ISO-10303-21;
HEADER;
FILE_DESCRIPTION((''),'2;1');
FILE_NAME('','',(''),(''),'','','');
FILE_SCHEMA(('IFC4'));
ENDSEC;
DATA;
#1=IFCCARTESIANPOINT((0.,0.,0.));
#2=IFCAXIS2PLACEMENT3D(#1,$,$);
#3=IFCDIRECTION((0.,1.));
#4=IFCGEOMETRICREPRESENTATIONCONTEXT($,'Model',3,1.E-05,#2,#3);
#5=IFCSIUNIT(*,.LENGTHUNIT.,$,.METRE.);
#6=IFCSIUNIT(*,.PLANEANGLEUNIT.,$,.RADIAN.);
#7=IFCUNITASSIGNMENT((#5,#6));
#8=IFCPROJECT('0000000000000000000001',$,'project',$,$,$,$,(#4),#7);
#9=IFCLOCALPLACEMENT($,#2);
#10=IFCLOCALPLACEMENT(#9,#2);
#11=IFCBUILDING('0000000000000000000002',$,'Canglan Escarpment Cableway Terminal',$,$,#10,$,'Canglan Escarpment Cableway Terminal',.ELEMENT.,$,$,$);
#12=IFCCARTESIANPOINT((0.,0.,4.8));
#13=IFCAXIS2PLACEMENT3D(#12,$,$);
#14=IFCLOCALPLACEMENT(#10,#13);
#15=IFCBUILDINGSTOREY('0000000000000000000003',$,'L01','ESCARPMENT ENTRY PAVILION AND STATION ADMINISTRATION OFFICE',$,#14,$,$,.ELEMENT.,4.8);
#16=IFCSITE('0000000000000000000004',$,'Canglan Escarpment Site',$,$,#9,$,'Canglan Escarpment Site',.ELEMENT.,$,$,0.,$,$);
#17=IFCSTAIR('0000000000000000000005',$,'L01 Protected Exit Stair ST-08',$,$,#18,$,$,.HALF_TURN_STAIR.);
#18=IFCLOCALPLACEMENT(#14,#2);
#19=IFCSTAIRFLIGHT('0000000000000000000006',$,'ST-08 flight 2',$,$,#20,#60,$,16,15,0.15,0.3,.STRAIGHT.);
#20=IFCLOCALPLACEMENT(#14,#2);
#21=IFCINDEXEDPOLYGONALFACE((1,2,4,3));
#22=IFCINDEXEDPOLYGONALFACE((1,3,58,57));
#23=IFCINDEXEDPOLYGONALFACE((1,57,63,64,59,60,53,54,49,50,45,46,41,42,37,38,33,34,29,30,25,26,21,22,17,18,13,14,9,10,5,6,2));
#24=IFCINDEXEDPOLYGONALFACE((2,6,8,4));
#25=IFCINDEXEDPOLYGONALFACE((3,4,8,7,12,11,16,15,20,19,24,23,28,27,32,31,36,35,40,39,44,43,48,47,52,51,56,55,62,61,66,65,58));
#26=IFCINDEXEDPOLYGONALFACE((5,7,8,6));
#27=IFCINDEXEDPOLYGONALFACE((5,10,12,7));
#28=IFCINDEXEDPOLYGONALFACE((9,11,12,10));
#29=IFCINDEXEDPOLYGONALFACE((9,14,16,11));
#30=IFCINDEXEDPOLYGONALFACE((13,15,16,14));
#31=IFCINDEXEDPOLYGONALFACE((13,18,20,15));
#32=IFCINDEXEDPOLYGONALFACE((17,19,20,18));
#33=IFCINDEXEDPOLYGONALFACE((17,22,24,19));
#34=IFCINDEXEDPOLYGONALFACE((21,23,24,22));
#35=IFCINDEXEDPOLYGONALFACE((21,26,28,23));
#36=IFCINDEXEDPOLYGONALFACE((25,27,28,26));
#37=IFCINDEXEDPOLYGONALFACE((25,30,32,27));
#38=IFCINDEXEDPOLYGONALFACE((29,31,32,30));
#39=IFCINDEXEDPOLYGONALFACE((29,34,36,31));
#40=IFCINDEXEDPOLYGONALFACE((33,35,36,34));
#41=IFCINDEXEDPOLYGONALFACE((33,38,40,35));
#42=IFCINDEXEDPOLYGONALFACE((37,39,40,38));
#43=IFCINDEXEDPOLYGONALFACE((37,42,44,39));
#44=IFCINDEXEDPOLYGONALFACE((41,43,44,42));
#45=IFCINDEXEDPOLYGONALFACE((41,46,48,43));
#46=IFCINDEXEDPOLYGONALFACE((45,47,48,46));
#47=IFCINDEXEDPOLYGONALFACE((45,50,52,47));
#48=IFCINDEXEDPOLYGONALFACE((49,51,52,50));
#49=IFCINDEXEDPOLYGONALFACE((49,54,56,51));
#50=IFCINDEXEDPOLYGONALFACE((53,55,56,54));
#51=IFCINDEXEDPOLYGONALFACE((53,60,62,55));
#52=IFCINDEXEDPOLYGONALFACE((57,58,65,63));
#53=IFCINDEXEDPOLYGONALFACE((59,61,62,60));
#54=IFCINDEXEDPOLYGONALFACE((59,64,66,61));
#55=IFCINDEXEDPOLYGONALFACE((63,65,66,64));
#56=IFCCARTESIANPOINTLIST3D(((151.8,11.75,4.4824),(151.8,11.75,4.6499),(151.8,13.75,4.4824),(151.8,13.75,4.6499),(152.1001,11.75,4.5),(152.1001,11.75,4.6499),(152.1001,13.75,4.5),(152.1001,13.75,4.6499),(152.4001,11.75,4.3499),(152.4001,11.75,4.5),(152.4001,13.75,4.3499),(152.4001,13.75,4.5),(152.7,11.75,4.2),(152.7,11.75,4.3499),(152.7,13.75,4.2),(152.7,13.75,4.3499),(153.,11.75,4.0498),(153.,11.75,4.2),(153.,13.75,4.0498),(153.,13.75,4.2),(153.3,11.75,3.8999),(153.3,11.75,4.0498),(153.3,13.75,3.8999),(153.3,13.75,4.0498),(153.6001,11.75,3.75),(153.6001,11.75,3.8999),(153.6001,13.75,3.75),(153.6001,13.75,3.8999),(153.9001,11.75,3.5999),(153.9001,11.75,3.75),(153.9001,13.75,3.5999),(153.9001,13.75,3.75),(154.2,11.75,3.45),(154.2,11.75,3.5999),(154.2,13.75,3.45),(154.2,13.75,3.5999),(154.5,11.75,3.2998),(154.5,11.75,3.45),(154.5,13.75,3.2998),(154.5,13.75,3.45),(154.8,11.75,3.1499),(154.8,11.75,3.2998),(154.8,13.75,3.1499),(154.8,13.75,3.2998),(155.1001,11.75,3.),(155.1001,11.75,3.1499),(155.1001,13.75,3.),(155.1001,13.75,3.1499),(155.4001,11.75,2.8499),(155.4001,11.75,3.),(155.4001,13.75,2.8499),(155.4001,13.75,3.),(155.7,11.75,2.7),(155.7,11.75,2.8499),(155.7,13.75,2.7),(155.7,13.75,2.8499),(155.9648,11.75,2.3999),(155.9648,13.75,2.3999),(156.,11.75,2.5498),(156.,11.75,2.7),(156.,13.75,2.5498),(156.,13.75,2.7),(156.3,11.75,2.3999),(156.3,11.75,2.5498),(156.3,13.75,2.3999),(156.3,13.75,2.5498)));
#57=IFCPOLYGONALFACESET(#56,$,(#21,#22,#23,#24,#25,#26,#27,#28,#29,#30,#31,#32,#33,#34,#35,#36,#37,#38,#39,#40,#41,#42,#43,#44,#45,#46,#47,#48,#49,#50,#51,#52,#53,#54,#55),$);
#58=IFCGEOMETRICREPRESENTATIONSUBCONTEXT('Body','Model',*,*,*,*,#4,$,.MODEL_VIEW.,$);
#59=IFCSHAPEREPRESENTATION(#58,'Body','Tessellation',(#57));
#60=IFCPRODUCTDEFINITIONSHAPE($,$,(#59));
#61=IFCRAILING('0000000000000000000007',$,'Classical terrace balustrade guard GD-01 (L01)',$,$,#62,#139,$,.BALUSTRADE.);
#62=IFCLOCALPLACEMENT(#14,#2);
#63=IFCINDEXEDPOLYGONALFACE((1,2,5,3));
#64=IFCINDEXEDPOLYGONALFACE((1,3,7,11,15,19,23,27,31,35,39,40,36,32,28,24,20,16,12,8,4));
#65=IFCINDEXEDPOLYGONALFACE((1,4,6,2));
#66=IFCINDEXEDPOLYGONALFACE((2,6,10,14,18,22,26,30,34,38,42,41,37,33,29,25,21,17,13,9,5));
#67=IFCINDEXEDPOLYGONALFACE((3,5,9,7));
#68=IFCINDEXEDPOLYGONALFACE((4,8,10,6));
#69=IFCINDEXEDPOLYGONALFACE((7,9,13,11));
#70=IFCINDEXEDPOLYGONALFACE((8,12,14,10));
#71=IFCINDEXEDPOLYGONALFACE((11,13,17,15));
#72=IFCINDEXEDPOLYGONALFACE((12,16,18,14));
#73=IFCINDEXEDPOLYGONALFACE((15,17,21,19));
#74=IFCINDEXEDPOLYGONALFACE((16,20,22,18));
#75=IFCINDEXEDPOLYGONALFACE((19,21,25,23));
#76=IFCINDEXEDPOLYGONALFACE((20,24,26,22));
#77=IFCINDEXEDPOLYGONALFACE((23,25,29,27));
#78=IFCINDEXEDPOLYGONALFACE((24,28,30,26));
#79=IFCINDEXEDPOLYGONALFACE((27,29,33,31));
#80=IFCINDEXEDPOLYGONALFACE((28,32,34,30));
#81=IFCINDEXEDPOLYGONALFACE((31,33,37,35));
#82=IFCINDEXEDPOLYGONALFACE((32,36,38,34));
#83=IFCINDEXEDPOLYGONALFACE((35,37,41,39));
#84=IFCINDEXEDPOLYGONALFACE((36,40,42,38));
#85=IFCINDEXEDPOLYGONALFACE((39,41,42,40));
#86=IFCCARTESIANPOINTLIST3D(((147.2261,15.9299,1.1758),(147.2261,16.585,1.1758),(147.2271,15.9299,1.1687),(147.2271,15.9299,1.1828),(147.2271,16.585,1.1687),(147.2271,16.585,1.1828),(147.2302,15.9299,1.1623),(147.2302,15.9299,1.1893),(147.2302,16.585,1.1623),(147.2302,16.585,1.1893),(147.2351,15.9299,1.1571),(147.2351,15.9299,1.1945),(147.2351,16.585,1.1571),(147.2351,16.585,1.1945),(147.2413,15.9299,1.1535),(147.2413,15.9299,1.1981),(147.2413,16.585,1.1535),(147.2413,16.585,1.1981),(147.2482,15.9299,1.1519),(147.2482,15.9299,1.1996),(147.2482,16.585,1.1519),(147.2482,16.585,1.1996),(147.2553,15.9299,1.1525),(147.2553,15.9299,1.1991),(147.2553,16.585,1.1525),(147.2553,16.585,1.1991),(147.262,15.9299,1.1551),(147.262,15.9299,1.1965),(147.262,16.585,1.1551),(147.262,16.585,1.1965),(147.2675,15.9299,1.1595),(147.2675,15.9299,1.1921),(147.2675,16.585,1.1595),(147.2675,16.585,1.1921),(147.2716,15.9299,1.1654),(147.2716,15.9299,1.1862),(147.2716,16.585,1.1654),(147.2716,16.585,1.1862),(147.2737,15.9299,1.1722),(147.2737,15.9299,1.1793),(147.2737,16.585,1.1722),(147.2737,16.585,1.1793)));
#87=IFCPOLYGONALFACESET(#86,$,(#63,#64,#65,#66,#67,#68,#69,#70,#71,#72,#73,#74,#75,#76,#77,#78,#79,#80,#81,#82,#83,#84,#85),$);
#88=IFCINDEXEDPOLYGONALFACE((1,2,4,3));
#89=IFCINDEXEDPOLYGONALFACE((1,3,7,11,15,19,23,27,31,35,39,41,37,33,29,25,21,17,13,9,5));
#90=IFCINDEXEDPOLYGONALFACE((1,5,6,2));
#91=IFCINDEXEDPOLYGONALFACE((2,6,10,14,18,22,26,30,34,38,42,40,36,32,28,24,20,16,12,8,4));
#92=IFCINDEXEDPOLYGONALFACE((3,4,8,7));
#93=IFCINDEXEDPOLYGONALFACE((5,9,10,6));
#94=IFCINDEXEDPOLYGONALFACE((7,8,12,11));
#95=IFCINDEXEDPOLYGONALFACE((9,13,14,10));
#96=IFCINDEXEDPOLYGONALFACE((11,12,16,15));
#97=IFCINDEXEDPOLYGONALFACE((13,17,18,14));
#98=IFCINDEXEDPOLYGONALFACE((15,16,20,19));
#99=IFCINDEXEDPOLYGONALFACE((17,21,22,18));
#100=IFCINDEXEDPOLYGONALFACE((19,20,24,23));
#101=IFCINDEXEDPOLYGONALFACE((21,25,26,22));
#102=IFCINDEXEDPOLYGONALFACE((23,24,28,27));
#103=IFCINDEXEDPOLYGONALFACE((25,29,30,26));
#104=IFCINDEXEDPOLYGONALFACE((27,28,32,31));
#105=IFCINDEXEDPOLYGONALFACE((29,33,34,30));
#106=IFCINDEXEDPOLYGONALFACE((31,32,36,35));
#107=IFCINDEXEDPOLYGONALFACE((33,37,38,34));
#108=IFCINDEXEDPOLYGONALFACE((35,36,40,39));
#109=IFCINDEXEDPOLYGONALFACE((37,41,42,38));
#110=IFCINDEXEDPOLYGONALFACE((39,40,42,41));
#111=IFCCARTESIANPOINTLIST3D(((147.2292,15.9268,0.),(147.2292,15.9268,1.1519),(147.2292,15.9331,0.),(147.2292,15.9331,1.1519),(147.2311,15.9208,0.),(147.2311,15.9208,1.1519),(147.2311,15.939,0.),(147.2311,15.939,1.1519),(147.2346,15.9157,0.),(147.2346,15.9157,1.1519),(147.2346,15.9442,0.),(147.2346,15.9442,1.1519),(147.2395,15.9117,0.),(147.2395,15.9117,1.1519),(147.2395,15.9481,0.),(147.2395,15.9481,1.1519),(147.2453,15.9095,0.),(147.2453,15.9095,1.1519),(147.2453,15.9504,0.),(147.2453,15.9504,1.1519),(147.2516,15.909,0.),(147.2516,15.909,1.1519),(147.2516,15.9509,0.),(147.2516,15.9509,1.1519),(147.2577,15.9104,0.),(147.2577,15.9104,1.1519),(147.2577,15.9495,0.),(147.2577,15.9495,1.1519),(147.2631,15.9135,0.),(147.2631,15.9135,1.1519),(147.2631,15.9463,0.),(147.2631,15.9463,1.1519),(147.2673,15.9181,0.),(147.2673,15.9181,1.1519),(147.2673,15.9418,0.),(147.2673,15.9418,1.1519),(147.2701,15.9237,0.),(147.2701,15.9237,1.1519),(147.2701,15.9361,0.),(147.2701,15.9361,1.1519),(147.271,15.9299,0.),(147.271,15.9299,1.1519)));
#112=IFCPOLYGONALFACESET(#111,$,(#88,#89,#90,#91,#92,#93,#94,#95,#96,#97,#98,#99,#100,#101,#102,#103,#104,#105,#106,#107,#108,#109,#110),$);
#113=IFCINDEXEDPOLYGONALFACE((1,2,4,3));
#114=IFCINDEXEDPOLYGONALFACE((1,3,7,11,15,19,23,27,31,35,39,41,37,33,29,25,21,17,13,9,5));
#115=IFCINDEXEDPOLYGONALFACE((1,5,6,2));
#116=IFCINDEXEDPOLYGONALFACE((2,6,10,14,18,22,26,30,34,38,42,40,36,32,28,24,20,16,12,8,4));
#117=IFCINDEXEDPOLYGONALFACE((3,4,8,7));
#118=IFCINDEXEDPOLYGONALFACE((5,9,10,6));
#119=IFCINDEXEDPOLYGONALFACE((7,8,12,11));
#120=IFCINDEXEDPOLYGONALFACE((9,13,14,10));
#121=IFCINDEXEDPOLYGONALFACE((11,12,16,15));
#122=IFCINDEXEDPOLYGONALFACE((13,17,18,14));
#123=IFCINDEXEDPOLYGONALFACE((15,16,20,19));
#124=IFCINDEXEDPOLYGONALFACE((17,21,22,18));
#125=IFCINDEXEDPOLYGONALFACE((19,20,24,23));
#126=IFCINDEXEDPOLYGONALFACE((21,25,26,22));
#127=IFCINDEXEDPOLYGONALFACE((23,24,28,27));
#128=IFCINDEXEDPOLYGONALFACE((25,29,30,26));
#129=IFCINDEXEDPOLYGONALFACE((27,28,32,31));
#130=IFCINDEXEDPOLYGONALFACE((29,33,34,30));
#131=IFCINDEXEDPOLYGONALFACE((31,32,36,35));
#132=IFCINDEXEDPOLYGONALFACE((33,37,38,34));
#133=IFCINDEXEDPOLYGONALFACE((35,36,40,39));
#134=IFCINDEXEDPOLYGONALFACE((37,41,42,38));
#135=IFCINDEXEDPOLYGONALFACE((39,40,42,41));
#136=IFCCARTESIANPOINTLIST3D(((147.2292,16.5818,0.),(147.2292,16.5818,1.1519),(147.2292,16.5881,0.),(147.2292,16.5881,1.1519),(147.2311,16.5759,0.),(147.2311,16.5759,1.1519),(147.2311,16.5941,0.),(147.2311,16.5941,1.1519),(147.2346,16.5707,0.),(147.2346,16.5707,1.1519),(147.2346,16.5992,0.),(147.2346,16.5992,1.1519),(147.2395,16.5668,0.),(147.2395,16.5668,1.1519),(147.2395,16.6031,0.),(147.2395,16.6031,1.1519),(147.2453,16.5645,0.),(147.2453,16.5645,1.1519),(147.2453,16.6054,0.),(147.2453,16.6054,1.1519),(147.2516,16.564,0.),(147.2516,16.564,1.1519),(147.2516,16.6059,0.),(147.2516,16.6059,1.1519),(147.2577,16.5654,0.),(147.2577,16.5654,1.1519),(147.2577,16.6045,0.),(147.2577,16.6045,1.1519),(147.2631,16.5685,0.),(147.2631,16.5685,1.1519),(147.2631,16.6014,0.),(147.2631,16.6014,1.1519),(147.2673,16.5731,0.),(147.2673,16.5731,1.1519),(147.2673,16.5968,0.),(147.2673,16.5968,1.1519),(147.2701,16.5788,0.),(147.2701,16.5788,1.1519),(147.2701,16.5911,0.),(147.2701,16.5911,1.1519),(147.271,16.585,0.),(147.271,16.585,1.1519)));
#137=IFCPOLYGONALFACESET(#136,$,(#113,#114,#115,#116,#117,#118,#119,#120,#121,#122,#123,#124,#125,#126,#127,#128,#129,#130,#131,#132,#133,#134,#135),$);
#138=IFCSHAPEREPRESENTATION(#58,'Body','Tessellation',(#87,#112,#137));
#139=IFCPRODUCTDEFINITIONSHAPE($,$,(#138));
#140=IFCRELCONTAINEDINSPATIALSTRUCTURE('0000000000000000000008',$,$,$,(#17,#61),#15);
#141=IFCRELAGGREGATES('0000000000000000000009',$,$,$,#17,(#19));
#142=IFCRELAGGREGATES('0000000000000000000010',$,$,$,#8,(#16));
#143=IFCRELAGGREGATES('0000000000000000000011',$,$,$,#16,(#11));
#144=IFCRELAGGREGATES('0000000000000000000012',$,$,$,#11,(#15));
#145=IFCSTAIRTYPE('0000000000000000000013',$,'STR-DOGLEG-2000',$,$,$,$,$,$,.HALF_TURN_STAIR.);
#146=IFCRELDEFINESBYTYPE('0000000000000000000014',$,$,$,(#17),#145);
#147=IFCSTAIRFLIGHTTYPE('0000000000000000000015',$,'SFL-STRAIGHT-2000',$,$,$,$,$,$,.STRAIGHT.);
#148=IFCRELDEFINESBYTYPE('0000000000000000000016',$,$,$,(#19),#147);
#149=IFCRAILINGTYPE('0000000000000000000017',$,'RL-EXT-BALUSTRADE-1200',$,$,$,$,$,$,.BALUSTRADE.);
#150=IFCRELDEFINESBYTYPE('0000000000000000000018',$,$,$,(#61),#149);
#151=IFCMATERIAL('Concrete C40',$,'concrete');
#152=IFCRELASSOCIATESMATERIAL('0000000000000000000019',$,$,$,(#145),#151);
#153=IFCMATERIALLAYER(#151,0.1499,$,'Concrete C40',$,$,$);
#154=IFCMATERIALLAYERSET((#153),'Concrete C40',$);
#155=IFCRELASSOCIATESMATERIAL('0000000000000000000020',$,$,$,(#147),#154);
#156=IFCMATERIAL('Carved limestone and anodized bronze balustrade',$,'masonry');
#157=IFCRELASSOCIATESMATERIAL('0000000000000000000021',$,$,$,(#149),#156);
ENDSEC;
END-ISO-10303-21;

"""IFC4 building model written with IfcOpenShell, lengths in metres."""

from ifc_helpers import new_model, si_unit, direction, frame, origin, origin_2d, place, context, subcontext, project, spatial, polyline, circle, outline, extrude, material, layer, layer_set, type_object, element, aggregate, save


model = new_model("IFC4")

# Units and contexts
model_context = context("Model", 3, precision=1e-05, world=origin(), true_north=direction((0.0, 1.0)))
body_context = subcontext(model_context, "Body", "Model", "MODEL_VIEW")
ifc_project = project(units=[si_unit("LENGTHUNIT", "METRE"), si_unit("PLANEANGLEUNIT", "RADIAN")], contexts=[model_context])

# Site, building, storey
site_placement = place(None, origin())
site = spatial("IfcSite", under=ifc_project, at=site_placement, Name="Canglan Escarpment Site", LongName="Canglan Escarpment Site", CompositionType="ELEMENT", RefElevation=0.0)
building_placement = place(site_placement, origin())
building = spatial("IfcBuilding", under=site, at=building_placement, Name="Canglan Escarpment Cableway Terminal", LongName="Canglan Escarpment Cableway Terminal", CompositionType="ELEMENT")
storey_placement = place(building_placement, frame((0.0, 0.0, 4.8)))
storey = spatial("IfcBuildingStorey", under=building, at=storey_placement, Name="L01", Description="ESCARPMENT ENTRY PAVILION AND STATION ADMINISTRATION OFFICE", CompositionType="ELEMENT", Elevation=4.8)

# Shared definitions
ifc_material_1 = material(Name="Concrete C40", Category="concrete")

# Stair, stair flight
stair_type = type_object("IfcStairType", Name="STR-DOGLEG-2000", PredefinedType="HALF_TURN_STAIR", material=ifc_material_1)
stair_placement = place(storey_placement, origin())
stair = element("IfcStair", 1, at=stair_placement, inside=storey, type_object=stair_type, Name="L01 Protected Exit Stair ST-08", PredefinedType="HALF_TURN_STAIR")
ifc_layer_1 = layer(ifc_material_1, 0.1499, Name="Concrete C40")
ifc_layer_set_1 = layer_set([ifc_layer_1], Name="Concrete C40")
stair_flight_type = type_object("IfcStairFlightType", Name="SFL-STRAIGHT-2000", PredefinedType="STRAIGHT", material=ifc_layer_set_1)
stair_flight_1_placement = place(storey_placement, frame((156.3, 12.75, 2.3999), z_axis=(0.0, 0.0, 1.0), x_axis=(-1.0, 0.0, 0.0)))
stair_flight_1 = element("IfcStairFlight", 2, at=stair_flight_1_placement, type_object=stair_flight_type, Name="ST-08 flight 2", NumberOfRisers=16, NumberOfTreads=15, PredefinedType="STRAIGHT", RiserHeight=0.15, TreadLength=0.3, context=body_context, shape_type="SweptSolid", body=[
    extrude(outline(polyline([(0.0, 0.0), (0.0, 0.1499), (0.3, 0.1499), (0.3, 0.3), (0.6001, 0.3), (0.6001, 0.45), (0.8999, 0.45), (0.8999, 0.6001), (1.2, 0.6001), (1.2, 0.75), (1.5, 0.75), (1.5, 0.8999), (1.8, 0.8999), (1.8, 1.05), (2.1001, 1.05), (2.1001, 1.2), (2.3999, 1.2), (2.3999, 1.3501), (2.7, 1.3501), (2.7, 1.5), (3.0, 1.5), (3.0, 1.6499), (3.3, 1.6499), (3.3, 1.8), (3.6001, 1.8), (3.6001, 1.95), (3.8999, 1.95), (3.8999, 2.1001), (4.2, 2.1001), (4.2, 2.25), (4.5, 2.25), (4.5, 2.3999), (4.5, 2.0825), (0.3352, 0.0), (0.0, 0.0)])), frame((0.0, 1.0, 0.0), z_axis=(0.0, -1.0, 0.0), x_axis=(1.0, 0.0, 0.0)), (0.0, 0.0, 1.0), 2.0),
])
aggregate(stair, [stair_flight_1])

# Railing
ifc_material_2 = material(Name="Carved limestone and anodized bronze balustrade", Category="masonry")
railing_type_1 = type_object("IfcRailingType", Name="RL-EXT-BALUSTRADE-1200", PredefinedType="BALUSTRADE", material=ifc_material_2)
railing_1_placement = place(storey_placement, frame((147.25, 15.9299, 0.0)))
element("IfcRailing", 3, at=railing_1_placement, inside=storey, type_object=railing_type_1, Name="Classical terrace balustrade guard GD-01 (L01)", PredefinedType="BALUSTRADE", context=body_context, shape_type="SweptSolid", body=[
    extrude(circle(Radius=0.0239, at=origin_2d()), frame((0.0, 0.0, 1.1758), z_axis=(0.0, 1.0, 0.0), x_axis=(-1.0, 0.0, 0.0)), (0.0, 0.0, 1.0), 0.655),
    extrude(circle(Radius=0.021, at=origin_2d()), origin(), (0.0, 0.0, 1.0), 1.1519),
    extrude(circle(Radius=0.021, at=origin_2d()), frame((0.0, 0.655, 0.0)), (0.0, 0.0, 1.0), 1.1519),
])

save(model, "model.ifc")
